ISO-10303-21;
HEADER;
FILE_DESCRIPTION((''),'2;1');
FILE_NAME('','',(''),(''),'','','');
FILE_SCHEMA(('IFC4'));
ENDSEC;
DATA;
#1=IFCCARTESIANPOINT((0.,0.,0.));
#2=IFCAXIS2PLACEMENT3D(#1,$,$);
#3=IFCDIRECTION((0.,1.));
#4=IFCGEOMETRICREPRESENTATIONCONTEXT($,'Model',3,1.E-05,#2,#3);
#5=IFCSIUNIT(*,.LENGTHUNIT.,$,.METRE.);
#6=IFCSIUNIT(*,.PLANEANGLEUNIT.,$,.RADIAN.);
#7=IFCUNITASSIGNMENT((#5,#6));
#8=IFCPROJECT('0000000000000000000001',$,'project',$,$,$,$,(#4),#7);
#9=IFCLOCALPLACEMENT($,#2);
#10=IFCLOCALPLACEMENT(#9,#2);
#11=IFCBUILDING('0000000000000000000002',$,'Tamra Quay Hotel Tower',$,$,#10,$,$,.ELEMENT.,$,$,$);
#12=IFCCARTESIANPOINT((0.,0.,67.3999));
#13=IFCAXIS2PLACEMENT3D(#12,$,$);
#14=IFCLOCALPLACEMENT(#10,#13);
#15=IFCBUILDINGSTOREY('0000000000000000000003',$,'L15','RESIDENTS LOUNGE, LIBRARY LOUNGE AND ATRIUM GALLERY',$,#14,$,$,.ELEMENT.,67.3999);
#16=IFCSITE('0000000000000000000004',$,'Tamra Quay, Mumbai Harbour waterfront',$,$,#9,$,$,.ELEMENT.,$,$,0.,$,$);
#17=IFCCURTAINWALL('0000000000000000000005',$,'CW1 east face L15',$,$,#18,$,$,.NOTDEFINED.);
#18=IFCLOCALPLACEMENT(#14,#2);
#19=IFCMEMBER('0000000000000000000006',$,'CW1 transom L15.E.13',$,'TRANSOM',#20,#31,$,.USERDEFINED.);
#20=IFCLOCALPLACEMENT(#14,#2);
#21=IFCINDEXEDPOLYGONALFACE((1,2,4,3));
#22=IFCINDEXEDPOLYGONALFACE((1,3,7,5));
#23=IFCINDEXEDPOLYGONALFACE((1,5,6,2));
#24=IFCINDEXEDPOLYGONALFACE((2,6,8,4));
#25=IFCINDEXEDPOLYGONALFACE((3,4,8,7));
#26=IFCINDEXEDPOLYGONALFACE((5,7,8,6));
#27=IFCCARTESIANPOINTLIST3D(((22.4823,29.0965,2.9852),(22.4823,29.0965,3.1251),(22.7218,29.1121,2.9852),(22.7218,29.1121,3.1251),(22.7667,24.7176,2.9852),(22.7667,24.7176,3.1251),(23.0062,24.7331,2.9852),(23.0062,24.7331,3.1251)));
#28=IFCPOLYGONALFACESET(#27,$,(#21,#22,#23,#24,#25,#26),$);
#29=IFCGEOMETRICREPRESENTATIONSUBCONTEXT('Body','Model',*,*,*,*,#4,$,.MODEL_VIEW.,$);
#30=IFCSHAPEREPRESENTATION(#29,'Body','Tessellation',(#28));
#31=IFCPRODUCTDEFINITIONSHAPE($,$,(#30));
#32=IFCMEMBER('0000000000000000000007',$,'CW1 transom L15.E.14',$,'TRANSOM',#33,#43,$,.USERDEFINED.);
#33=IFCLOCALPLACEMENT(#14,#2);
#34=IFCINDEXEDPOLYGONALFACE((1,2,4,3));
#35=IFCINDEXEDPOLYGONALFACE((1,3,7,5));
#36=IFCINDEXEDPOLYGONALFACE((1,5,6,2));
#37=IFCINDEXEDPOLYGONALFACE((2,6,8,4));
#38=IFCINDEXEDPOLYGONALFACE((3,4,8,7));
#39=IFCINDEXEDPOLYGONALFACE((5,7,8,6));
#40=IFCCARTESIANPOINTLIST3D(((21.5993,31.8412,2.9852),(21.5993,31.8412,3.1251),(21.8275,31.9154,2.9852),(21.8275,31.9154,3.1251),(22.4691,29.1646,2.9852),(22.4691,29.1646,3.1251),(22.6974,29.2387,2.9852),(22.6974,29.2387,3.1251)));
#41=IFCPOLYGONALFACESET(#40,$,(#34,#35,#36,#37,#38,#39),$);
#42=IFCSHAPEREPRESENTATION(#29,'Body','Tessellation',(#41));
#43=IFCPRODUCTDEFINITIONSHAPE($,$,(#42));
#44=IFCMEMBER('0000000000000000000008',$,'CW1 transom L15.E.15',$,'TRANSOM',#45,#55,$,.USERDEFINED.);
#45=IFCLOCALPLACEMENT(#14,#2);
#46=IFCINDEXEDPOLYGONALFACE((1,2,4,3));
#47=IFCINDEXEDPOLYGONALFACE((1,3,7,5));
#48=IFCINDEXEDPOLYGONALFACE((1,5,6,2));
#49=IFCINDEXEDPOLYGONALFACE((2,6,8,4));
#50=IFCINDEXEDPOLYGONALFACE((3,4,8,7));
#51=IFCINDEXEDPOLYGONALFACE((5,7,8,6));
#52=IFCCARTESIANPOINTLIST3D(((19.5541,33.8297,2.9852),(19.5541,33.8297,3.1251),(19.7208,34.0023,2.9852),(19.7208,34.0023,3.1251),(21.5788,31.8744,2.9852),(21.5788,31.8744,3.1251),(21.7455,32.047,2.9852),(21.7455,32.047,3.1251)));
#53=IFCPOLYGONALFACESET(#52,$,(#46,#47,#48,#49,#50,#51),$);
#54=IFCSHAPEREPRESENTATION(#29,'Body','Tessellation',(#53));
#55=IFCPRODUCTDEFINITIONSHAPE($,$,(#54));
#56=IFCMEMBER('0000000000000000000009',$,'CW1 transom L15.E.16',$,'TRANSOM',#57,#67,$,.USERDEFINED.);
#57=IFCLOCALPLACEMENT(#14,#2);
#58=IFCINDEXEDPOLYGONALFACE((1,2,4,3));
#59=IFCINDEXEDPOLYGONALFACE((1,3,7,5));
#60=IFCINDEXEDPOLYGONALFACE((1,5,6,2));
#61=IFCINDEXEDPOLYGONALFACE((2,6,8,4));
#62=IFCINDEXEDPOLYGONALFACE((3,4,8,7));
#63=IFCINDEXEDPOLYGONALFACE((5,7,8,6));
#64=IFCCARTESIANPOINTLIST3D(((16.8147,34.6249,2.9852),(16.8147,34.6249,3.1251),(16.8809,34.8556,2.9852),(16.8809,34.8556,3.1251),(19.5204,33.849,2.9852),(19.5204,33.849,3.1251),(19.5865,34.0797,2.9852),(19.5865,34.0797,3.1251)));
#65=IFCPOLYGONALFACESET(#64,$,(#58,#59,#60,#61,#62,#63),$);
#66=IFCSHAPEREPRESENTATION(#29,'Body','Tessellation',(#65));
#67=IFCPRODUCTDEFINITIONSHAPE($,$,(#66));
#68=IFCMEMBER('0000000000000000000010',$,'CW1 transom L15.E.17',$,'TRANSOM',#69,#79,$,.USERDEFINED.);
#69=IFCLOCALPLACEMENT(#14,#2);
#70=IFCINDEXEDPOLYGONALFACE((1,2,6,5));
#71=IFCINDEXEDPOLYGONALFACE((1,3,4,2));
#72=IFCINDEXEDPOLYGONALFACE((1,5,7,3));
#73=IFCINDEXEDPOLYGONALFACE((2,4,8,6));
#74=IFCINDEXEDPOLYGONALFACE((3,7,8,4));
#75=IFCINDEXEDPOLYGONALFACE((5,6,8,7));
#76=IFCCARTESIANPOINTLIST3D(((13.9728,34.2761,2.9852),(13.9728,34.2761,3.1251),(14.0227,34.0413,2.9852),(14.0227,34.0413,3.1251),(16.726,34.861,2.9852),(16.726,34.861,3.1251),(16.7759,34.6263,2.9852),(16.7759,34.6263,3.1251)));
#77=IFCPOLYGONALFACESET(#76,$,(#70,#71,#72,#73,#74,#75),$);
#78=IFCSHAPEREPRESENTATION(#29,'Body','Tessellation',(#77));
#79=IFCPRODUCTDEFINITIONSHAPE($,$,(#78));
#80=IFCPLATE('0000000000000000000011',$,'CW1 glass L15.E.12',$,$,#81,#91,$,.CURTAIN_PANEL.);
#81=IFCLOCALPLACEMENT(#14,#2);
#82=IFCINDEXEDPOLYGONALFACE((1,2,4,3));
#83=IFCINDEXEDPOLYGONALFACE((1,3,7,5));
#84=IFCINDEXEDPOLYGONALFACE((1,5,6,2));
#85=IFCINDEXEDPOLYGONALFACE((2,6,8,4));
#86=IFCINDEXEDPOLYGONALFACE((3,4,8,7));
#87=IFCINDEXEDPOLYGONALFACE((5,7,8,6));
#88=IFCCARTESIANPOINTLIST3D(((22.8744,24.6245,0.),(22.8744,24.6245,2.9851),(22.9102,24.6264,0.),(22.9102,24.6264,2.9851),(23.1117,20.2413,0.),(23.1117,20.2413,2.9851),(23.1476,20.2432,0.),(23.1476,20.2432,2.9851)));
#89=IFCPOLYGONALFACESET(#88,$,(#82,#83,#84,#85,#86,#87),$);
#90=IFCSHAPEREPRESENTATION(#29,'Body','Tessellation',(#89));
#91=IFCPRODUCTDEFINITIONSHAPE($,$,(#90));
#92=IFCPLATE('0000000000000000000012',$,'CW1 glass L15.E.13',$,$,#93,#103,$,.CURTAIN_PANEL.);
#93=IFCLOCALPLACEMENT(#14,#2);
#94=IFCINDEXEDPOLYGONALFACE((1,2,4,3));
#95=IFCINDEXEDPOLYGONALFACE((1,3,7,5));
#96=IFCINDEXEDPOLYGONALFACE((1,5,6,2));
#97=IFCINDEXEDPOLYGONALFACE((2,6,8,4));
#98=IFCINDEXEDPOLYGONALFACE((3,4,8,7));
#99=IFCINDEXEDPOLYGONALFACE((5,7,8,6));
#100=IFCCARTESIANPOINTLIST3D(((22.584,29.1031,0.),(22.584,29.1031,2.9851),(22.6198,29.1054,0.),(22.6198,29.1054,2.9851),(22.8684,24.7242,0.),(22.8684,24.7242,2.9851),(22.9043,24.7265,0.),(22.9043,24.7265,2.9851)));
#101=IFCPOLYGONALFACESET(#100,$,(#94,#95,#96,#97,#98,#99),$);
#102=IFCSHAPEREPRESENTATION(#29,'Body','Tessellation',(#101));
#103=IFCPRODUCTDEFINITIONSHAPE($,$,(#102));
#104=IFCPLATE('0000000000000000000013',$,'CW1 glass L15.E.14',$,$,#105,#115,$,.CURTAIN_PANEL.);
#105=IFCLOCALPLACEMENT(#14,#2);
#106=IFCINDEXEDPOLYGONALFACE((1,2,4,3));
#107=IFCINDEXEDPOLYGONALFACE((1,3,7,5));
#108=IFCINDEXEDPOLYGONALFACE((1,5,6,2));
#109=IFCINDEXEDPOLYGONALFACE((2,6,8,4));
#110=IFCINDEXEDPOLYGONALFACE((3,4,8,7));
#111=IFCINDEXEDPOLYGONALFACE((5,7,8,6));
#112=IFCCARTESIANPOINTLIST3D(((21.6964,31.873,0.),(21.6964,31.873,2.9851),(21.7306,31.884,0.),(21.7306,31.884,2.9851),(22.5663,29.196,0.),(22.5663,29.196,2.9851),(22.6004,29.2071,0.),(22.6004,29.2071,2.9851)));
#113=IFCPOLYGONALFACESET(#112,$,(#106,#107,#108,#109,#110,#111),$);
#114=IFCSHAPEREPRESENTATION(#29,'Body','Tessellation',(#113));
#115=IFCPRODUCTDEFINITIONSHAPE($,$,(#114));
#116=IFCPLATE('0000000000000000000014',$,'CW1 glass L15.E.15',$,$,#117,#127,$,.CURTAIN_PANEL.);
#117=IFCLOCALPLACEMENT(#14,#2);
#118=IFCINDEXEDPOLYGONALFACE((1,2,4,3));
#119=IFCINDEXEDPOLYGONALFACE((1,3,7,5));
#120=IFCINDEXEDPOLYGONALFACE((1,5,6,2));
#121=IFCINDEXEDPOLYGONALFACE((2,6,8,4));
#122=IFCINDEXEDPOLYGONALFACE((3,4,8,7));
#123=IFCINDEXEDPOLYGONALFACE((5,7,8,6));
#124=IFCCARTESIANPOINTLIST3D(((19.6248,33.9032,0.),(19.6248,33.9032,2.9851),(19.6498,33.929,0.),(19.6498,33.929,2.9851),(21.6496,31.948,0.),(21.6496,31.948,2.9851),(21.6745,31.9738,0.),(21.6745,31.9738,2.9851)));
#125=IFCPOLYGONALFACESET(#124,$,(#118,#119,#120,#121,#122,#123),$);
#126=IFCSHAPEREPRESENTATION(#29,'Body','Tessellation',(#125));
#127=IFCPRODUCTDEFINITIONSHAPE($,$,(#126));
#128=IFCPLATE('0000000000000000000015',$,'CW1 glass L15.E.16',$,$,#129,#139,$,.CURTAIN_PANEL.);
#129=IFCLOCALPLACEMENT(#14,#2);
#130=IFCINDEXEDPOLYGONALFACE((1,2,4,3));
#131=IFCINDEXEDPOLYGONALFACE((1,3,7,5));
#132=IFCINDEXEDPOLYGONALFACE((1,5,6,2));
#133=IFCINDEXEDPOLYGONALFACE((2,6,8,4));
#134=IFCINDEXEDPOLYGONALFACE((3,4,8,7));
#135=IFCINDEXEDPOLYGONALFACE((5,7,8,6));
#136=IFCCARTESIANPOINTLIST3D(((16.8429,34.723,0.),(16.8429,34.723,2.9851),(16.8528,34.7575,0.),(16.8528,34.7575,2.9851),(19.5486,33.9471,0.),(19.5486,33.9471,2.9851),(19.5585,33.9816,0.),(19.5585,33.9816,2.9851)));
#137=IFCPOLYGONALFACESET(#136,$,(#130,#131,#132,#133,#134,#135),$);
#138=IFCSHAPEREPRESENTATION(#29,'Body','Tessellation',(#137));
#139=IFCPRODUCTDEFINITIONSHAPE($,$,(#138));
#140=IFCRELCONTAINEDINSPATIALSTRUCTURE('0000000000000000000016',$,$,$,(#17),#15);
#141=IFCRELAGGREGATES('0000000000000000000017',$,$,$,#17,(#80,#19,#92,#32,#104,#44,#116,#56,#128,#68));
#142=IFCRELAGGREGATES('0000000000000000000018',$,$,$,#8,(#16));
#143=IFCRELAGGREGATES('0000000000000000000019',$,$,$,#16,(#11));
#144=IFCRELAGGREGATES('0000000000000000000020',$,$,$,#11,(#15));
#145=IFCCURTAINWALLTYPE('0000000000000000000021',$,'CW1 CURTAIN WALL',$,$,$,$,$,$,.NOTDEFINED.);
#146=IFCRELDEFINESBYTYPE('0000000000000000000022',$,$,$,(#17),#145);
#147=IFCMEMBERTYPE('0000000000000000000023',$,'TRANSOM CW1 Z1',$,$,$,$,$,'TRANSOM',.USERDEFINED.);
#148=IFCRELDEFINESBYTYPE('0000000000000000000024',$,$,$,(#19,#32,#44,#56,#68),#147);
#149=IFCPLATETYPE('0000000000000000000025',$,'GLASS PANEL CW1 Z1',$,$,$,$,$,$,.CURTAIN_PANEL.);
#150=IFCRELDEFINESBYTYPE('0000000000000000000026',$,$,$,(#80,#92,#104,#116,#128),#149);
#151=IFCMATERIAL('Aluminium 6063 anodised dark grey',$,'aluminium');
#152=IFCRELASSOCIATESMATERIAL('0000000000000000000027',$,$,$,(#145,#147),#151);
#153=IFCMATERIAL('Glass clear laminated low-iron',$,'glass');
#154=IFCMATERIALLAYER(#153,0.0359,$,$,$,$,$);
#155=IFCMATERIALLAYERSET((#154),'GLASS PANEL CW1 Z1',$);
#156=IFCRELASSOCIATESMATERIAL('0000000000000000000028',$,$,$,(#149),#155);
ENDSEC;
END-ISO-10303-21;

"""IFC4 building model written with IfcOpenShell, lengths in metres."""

from ifc_helpers import new_model, si_unit, direction, frame, origin, origin_2d, place, context, subcontext, project, spatial, rectangle, extrude, material, layer, layer_set, material_profile, profile_set, type_object, element, aggregate, save


model = new_model("IFC4")

# Units and contexts
model_context = context("Model", 3, precision=1e-05, world=origin(), true_north=direction((0.0, 1.0)))
body_context = subcontext(model_context, "Body", "Model", "MODEL_VIEW")
ifc_project = project(units=[si_unit("LENGTHUNIT", "METRE"), si_unit("PLANEANGLEUNIT", "RADIAN")], contexts=[model_context])

# Site, building, storey
site_placement = place(None, origin())
site = spatial("IfcSite", under=ifc_project, at=site_placement, Name="Tamra Quay, Mumbai Harbour waterfront", CompositionType="ELEMENT", RefElevation=0.0)
building_placement = place(site_placement, origin())
building = spatial("IfcBuilding", under=site, at=building_placement, Name="Tamra Quay Hotel Tower", CompositionType="ELEMENT")
storey_placement = place(building_placement, frame((0.0, 0.0, 67.3999)))
storey = spatial("IfcBuildingStorey", under=building, at=storey_placement, Name="L15", Description="RESIDENTS LOUNGE, LIBRARY LOUNGE AND ATRIUM GALLERY", CompositionType="ELEMENT", Elevation=67.3999)

# Curtain wall
ifc_material_1 = material(Name="Aluminium 6063 anodised dark grey", Category="aluminium")
curtain_wall_type = type_object("IfcCurtainWallType", Name="CW1 CURTAIN WALL", PredefinedType="NOTDEFINED", material=ifc_material_1)
curtain_wall_placement = place(storey_placement, origin())
curtain_wall = element("IfcCurtainWall", 1, at=curtain_wall_placement, inside=storey, type_object=curtain_wall_type, Name="CW1 east face L15", PredefinedType="NOTDEFINED")

# Members
ifc_material_profile_1 = material_profile(ifc_material_1, rectangle(XDim=0.24, YDim=0.1399, at=origin_2d()), Name="TRANSOM 240X140")
ifc_profile_set_1 = profile_set([ifc_material_profile_1], Name="Aluminium 6063 anodised dark grey")
member_type_1 = type_object("IfcMemberType", Name="TRANSOM CW1 Z1", ElementType="TRANSOM", PredefinedType="USERDEFINED", material=ifc_profile_set_1)
member_1_placement = place(storey_placement, frame((22.8865, 24.7253, 3.0552), z_axis=(-0.064817, 0.997897, 0.0), x_axis=(-0.997897, -0.064817, 0.0)))
member_1 = element("IfcMember", 2, at=member_1_placement, type_object=member_type_1, Name="CW1 transom L15.E.13", ObjectType="TRANSOM", PredefinedType="USERDEFINED", context=body_context, shape_type="SweptSolid", body=[
    extrude(rectangle(XDim=0.24, YDim=0.1399, at=origin_2d()), origin(), (0.0, 0.0, 1.0), 4.3882),
])
member_2_placement = place(storey_placement, frame((22.5833, 29.2017, 3.0552), z_axis=(-0.309063, 0.951042, 0.0), x_axis=(-0.951042, -0.309063, 0.0)))
member_2 = element("IfcMember", 3, at=member_2_placement, type_object=member_type_1, Name="CW1 transom L15.E.14", ObjectType="TRANSOM", PredefinedType="USERDEFINED", context=body_context, shape_type="SweptSolid", body=[
    extrude(rectangle(XDim=0.24, YDim=0.1399, at=origin_2d()), origin(), (0.0, 0.0, 1.0), 2.8145),
])
member_3_placement = place(storey_placement, frame((21.6621, 31.9607, 3.0552), z_axis=(-0.719316, 0.694683, 0.0), x_axis=(-0.694683, -0.719316, 0.0)))
member_3 = element("IfcMember", 4, at=member_3_placement, type_object=member_type_1, Name="CW1 transom L15.E.15", ObjectType="TRANSOM", PredefinedType="USERDEFINED", context=body_context, shape_type="SweptSolid", body=[
    extrude(rectangle(XDim=0.24, YDim=0.1399, at=origin_2d()), origin(), (0.0, 0.0, 1.0), 2.8147),
])
member_4_placement = place(storey_placement, frame((19.5535, 33.9644, 3.0552), z_axis=(-0.961255, 0.27566, 0.0), x_axis=(-0.27566, -0.961255, 0.0)))
member_4 = element("IfcMember", 5, at=member_4_placement, type_object=member_type_1, Name="CW1 transom L15.E.16", ObjectType="TRANSOM", PredefinedType="USERDEFINED", context=body_context, shape_type="SweptSolid", body=[
    extrude(rectangle(XDim=0.24, YDim=0.1399, at=origin_2d()), origin(), (0.0, 0.0, 1.0), 2.8147),
])
member_5_placement = place(storey_placement, frame((16.751, 34.7437, 3.0552), z_axis=(-0.978165, -0.207829, 0.0), x_axis=(0.207829, -0.978165, 0.0)))
member_5 = element("IfcMember", 6, at=member_5_placement, type_object=member_type_1, Name="CW1 transom L15.E.17", ObjectType="TRANSOM", PredefinedType="USERDEFINED", context=body_context, shape_type="SweptSolid", body=[
    extrude(rectangle(XDim=0.24, YDim=0.1399, at=origin_2d()), origin(), (0.0, 0.0, 1.0), 2.8147),
])

# Plates
ifc_material_2 = material(Name="Glass clear laminated low-iron", Category="glass")
ifc_layer = layer(ifc_material_2, 0.0359)
ifc_layer_set = layer_set([ifc_layer], Name="GLASS PANEL CW1 Z1")
plate_type = type_object("IfcPlateType", Name="GLASS PANEL CW1 Z1", PredefinedType="CURTAIN_PANEL", material=ifc_layer_set)
plate_1_placement = place(storey_placement, frame((23.011, 22.4338, 0.0), z_axis=(0.0, 0.0, 1.0), x_axis=(-0.054062, 0.998538, 0.0)))
plate_1 = element("IfcPlate", 7, at=plate_1_placement, type_object=plate_type, Name="CW1 glass L15.E.12", PredefinedType="CURTAIN_PANEL", context=body_context, shape_type="SweptSolid", body=[
    extrude(rectangle(XDim=4.3896, YDim=0.0359, at=origin_2d()), origin(), (0.0, 0.0, 1.0), 2.9851),
])
plate_2_placement = place(storey_placement, frame((22.7441, 26.9148, 0.0), z_axis=(0.0, 0.0, 1.0), x_axis=(-0.064813, 0.997897, 0.0)))
plate_2 = element("IfcPlate", 8, at=plate_2_placement, type_object=plate_type, Name="CW1 glass L15.E.13", PredefinedType="CURTAIN_PANEL", context=body_context, shape_type="SweptSolid", body=[
    extrude(rectangle(XDim=4.3882, YDim=0.0359, at=origin_2d()), origin(), (0.0, 0.0, 1.0), 2.9851),
])
plate_3_placement = place(storey_placement, frame((22.1484, 30.54, 0.0), z_axis=(0.0, 0.0, 1.0), x_axis=(-0.309041, 0.951049, 0.0)))
plate_3 = element("IfcPlate", 9, at=plate_3_placement, type_object=plate_type, Name="CW1 glass L15.E.14", PredefinedType="CURTAIN_PANEL", context=body_context, shape_type="SweptSolid", body=[
    extrude(rectangle(XDim=2.8147, YDim=0.0359, at=origin_2d()), origin(), (0.0, 0.0, 1.0), 2.9851),
])
plate_4_placement = place(storey_placement, frame((20.6497, 32.9385, 0.0), z_axis=(0.0, 0.0, 1.0), x_axis=(-0.719346, 0.694652, 0.0)))
plate_4 = element("IfcPlate", 10, at=plate_4_placement, type_object=plate_type, Name="CW1 glass L15.E.15", PredefinedType="CURTAIN_PANEL", context=body_context, shape_type="SweptSolid", body=[
    extrude(rectangle(XDim=2.8147, YDim=0.0359, at=origin_2d()), origin(), (0.0, 0.0, 1.0), 2.9851),
])
plate_5_placement = place(storey_placement, frame((18.2007, 34.3523, 0.0), z_axis=(0.0, 0.0, 1.0), x_axis=(-0.961259, 0.275645, 0.0)))
plate_5 = element("IfcPlate", 11, at=plate_5_placement, type_object=plate_type, Name="CW1 glass L15.E.16", PredefinedType="CURTAIN_PANEL", context=body_context, shape_type="SweptSolid", body=[
    extrude(rectangle(XDim=2.8147, YDim=0.0359, at=origin_2d()), origin(), (0.0, 0.0, 1.0), 2.9851),
])
aggregate(curtain_wall, [plate_1, member_1, plate_2, member_2, plate_3, member_3, plate_4, member_4, plate_5, member_5])

save(model, "model.ifc")
